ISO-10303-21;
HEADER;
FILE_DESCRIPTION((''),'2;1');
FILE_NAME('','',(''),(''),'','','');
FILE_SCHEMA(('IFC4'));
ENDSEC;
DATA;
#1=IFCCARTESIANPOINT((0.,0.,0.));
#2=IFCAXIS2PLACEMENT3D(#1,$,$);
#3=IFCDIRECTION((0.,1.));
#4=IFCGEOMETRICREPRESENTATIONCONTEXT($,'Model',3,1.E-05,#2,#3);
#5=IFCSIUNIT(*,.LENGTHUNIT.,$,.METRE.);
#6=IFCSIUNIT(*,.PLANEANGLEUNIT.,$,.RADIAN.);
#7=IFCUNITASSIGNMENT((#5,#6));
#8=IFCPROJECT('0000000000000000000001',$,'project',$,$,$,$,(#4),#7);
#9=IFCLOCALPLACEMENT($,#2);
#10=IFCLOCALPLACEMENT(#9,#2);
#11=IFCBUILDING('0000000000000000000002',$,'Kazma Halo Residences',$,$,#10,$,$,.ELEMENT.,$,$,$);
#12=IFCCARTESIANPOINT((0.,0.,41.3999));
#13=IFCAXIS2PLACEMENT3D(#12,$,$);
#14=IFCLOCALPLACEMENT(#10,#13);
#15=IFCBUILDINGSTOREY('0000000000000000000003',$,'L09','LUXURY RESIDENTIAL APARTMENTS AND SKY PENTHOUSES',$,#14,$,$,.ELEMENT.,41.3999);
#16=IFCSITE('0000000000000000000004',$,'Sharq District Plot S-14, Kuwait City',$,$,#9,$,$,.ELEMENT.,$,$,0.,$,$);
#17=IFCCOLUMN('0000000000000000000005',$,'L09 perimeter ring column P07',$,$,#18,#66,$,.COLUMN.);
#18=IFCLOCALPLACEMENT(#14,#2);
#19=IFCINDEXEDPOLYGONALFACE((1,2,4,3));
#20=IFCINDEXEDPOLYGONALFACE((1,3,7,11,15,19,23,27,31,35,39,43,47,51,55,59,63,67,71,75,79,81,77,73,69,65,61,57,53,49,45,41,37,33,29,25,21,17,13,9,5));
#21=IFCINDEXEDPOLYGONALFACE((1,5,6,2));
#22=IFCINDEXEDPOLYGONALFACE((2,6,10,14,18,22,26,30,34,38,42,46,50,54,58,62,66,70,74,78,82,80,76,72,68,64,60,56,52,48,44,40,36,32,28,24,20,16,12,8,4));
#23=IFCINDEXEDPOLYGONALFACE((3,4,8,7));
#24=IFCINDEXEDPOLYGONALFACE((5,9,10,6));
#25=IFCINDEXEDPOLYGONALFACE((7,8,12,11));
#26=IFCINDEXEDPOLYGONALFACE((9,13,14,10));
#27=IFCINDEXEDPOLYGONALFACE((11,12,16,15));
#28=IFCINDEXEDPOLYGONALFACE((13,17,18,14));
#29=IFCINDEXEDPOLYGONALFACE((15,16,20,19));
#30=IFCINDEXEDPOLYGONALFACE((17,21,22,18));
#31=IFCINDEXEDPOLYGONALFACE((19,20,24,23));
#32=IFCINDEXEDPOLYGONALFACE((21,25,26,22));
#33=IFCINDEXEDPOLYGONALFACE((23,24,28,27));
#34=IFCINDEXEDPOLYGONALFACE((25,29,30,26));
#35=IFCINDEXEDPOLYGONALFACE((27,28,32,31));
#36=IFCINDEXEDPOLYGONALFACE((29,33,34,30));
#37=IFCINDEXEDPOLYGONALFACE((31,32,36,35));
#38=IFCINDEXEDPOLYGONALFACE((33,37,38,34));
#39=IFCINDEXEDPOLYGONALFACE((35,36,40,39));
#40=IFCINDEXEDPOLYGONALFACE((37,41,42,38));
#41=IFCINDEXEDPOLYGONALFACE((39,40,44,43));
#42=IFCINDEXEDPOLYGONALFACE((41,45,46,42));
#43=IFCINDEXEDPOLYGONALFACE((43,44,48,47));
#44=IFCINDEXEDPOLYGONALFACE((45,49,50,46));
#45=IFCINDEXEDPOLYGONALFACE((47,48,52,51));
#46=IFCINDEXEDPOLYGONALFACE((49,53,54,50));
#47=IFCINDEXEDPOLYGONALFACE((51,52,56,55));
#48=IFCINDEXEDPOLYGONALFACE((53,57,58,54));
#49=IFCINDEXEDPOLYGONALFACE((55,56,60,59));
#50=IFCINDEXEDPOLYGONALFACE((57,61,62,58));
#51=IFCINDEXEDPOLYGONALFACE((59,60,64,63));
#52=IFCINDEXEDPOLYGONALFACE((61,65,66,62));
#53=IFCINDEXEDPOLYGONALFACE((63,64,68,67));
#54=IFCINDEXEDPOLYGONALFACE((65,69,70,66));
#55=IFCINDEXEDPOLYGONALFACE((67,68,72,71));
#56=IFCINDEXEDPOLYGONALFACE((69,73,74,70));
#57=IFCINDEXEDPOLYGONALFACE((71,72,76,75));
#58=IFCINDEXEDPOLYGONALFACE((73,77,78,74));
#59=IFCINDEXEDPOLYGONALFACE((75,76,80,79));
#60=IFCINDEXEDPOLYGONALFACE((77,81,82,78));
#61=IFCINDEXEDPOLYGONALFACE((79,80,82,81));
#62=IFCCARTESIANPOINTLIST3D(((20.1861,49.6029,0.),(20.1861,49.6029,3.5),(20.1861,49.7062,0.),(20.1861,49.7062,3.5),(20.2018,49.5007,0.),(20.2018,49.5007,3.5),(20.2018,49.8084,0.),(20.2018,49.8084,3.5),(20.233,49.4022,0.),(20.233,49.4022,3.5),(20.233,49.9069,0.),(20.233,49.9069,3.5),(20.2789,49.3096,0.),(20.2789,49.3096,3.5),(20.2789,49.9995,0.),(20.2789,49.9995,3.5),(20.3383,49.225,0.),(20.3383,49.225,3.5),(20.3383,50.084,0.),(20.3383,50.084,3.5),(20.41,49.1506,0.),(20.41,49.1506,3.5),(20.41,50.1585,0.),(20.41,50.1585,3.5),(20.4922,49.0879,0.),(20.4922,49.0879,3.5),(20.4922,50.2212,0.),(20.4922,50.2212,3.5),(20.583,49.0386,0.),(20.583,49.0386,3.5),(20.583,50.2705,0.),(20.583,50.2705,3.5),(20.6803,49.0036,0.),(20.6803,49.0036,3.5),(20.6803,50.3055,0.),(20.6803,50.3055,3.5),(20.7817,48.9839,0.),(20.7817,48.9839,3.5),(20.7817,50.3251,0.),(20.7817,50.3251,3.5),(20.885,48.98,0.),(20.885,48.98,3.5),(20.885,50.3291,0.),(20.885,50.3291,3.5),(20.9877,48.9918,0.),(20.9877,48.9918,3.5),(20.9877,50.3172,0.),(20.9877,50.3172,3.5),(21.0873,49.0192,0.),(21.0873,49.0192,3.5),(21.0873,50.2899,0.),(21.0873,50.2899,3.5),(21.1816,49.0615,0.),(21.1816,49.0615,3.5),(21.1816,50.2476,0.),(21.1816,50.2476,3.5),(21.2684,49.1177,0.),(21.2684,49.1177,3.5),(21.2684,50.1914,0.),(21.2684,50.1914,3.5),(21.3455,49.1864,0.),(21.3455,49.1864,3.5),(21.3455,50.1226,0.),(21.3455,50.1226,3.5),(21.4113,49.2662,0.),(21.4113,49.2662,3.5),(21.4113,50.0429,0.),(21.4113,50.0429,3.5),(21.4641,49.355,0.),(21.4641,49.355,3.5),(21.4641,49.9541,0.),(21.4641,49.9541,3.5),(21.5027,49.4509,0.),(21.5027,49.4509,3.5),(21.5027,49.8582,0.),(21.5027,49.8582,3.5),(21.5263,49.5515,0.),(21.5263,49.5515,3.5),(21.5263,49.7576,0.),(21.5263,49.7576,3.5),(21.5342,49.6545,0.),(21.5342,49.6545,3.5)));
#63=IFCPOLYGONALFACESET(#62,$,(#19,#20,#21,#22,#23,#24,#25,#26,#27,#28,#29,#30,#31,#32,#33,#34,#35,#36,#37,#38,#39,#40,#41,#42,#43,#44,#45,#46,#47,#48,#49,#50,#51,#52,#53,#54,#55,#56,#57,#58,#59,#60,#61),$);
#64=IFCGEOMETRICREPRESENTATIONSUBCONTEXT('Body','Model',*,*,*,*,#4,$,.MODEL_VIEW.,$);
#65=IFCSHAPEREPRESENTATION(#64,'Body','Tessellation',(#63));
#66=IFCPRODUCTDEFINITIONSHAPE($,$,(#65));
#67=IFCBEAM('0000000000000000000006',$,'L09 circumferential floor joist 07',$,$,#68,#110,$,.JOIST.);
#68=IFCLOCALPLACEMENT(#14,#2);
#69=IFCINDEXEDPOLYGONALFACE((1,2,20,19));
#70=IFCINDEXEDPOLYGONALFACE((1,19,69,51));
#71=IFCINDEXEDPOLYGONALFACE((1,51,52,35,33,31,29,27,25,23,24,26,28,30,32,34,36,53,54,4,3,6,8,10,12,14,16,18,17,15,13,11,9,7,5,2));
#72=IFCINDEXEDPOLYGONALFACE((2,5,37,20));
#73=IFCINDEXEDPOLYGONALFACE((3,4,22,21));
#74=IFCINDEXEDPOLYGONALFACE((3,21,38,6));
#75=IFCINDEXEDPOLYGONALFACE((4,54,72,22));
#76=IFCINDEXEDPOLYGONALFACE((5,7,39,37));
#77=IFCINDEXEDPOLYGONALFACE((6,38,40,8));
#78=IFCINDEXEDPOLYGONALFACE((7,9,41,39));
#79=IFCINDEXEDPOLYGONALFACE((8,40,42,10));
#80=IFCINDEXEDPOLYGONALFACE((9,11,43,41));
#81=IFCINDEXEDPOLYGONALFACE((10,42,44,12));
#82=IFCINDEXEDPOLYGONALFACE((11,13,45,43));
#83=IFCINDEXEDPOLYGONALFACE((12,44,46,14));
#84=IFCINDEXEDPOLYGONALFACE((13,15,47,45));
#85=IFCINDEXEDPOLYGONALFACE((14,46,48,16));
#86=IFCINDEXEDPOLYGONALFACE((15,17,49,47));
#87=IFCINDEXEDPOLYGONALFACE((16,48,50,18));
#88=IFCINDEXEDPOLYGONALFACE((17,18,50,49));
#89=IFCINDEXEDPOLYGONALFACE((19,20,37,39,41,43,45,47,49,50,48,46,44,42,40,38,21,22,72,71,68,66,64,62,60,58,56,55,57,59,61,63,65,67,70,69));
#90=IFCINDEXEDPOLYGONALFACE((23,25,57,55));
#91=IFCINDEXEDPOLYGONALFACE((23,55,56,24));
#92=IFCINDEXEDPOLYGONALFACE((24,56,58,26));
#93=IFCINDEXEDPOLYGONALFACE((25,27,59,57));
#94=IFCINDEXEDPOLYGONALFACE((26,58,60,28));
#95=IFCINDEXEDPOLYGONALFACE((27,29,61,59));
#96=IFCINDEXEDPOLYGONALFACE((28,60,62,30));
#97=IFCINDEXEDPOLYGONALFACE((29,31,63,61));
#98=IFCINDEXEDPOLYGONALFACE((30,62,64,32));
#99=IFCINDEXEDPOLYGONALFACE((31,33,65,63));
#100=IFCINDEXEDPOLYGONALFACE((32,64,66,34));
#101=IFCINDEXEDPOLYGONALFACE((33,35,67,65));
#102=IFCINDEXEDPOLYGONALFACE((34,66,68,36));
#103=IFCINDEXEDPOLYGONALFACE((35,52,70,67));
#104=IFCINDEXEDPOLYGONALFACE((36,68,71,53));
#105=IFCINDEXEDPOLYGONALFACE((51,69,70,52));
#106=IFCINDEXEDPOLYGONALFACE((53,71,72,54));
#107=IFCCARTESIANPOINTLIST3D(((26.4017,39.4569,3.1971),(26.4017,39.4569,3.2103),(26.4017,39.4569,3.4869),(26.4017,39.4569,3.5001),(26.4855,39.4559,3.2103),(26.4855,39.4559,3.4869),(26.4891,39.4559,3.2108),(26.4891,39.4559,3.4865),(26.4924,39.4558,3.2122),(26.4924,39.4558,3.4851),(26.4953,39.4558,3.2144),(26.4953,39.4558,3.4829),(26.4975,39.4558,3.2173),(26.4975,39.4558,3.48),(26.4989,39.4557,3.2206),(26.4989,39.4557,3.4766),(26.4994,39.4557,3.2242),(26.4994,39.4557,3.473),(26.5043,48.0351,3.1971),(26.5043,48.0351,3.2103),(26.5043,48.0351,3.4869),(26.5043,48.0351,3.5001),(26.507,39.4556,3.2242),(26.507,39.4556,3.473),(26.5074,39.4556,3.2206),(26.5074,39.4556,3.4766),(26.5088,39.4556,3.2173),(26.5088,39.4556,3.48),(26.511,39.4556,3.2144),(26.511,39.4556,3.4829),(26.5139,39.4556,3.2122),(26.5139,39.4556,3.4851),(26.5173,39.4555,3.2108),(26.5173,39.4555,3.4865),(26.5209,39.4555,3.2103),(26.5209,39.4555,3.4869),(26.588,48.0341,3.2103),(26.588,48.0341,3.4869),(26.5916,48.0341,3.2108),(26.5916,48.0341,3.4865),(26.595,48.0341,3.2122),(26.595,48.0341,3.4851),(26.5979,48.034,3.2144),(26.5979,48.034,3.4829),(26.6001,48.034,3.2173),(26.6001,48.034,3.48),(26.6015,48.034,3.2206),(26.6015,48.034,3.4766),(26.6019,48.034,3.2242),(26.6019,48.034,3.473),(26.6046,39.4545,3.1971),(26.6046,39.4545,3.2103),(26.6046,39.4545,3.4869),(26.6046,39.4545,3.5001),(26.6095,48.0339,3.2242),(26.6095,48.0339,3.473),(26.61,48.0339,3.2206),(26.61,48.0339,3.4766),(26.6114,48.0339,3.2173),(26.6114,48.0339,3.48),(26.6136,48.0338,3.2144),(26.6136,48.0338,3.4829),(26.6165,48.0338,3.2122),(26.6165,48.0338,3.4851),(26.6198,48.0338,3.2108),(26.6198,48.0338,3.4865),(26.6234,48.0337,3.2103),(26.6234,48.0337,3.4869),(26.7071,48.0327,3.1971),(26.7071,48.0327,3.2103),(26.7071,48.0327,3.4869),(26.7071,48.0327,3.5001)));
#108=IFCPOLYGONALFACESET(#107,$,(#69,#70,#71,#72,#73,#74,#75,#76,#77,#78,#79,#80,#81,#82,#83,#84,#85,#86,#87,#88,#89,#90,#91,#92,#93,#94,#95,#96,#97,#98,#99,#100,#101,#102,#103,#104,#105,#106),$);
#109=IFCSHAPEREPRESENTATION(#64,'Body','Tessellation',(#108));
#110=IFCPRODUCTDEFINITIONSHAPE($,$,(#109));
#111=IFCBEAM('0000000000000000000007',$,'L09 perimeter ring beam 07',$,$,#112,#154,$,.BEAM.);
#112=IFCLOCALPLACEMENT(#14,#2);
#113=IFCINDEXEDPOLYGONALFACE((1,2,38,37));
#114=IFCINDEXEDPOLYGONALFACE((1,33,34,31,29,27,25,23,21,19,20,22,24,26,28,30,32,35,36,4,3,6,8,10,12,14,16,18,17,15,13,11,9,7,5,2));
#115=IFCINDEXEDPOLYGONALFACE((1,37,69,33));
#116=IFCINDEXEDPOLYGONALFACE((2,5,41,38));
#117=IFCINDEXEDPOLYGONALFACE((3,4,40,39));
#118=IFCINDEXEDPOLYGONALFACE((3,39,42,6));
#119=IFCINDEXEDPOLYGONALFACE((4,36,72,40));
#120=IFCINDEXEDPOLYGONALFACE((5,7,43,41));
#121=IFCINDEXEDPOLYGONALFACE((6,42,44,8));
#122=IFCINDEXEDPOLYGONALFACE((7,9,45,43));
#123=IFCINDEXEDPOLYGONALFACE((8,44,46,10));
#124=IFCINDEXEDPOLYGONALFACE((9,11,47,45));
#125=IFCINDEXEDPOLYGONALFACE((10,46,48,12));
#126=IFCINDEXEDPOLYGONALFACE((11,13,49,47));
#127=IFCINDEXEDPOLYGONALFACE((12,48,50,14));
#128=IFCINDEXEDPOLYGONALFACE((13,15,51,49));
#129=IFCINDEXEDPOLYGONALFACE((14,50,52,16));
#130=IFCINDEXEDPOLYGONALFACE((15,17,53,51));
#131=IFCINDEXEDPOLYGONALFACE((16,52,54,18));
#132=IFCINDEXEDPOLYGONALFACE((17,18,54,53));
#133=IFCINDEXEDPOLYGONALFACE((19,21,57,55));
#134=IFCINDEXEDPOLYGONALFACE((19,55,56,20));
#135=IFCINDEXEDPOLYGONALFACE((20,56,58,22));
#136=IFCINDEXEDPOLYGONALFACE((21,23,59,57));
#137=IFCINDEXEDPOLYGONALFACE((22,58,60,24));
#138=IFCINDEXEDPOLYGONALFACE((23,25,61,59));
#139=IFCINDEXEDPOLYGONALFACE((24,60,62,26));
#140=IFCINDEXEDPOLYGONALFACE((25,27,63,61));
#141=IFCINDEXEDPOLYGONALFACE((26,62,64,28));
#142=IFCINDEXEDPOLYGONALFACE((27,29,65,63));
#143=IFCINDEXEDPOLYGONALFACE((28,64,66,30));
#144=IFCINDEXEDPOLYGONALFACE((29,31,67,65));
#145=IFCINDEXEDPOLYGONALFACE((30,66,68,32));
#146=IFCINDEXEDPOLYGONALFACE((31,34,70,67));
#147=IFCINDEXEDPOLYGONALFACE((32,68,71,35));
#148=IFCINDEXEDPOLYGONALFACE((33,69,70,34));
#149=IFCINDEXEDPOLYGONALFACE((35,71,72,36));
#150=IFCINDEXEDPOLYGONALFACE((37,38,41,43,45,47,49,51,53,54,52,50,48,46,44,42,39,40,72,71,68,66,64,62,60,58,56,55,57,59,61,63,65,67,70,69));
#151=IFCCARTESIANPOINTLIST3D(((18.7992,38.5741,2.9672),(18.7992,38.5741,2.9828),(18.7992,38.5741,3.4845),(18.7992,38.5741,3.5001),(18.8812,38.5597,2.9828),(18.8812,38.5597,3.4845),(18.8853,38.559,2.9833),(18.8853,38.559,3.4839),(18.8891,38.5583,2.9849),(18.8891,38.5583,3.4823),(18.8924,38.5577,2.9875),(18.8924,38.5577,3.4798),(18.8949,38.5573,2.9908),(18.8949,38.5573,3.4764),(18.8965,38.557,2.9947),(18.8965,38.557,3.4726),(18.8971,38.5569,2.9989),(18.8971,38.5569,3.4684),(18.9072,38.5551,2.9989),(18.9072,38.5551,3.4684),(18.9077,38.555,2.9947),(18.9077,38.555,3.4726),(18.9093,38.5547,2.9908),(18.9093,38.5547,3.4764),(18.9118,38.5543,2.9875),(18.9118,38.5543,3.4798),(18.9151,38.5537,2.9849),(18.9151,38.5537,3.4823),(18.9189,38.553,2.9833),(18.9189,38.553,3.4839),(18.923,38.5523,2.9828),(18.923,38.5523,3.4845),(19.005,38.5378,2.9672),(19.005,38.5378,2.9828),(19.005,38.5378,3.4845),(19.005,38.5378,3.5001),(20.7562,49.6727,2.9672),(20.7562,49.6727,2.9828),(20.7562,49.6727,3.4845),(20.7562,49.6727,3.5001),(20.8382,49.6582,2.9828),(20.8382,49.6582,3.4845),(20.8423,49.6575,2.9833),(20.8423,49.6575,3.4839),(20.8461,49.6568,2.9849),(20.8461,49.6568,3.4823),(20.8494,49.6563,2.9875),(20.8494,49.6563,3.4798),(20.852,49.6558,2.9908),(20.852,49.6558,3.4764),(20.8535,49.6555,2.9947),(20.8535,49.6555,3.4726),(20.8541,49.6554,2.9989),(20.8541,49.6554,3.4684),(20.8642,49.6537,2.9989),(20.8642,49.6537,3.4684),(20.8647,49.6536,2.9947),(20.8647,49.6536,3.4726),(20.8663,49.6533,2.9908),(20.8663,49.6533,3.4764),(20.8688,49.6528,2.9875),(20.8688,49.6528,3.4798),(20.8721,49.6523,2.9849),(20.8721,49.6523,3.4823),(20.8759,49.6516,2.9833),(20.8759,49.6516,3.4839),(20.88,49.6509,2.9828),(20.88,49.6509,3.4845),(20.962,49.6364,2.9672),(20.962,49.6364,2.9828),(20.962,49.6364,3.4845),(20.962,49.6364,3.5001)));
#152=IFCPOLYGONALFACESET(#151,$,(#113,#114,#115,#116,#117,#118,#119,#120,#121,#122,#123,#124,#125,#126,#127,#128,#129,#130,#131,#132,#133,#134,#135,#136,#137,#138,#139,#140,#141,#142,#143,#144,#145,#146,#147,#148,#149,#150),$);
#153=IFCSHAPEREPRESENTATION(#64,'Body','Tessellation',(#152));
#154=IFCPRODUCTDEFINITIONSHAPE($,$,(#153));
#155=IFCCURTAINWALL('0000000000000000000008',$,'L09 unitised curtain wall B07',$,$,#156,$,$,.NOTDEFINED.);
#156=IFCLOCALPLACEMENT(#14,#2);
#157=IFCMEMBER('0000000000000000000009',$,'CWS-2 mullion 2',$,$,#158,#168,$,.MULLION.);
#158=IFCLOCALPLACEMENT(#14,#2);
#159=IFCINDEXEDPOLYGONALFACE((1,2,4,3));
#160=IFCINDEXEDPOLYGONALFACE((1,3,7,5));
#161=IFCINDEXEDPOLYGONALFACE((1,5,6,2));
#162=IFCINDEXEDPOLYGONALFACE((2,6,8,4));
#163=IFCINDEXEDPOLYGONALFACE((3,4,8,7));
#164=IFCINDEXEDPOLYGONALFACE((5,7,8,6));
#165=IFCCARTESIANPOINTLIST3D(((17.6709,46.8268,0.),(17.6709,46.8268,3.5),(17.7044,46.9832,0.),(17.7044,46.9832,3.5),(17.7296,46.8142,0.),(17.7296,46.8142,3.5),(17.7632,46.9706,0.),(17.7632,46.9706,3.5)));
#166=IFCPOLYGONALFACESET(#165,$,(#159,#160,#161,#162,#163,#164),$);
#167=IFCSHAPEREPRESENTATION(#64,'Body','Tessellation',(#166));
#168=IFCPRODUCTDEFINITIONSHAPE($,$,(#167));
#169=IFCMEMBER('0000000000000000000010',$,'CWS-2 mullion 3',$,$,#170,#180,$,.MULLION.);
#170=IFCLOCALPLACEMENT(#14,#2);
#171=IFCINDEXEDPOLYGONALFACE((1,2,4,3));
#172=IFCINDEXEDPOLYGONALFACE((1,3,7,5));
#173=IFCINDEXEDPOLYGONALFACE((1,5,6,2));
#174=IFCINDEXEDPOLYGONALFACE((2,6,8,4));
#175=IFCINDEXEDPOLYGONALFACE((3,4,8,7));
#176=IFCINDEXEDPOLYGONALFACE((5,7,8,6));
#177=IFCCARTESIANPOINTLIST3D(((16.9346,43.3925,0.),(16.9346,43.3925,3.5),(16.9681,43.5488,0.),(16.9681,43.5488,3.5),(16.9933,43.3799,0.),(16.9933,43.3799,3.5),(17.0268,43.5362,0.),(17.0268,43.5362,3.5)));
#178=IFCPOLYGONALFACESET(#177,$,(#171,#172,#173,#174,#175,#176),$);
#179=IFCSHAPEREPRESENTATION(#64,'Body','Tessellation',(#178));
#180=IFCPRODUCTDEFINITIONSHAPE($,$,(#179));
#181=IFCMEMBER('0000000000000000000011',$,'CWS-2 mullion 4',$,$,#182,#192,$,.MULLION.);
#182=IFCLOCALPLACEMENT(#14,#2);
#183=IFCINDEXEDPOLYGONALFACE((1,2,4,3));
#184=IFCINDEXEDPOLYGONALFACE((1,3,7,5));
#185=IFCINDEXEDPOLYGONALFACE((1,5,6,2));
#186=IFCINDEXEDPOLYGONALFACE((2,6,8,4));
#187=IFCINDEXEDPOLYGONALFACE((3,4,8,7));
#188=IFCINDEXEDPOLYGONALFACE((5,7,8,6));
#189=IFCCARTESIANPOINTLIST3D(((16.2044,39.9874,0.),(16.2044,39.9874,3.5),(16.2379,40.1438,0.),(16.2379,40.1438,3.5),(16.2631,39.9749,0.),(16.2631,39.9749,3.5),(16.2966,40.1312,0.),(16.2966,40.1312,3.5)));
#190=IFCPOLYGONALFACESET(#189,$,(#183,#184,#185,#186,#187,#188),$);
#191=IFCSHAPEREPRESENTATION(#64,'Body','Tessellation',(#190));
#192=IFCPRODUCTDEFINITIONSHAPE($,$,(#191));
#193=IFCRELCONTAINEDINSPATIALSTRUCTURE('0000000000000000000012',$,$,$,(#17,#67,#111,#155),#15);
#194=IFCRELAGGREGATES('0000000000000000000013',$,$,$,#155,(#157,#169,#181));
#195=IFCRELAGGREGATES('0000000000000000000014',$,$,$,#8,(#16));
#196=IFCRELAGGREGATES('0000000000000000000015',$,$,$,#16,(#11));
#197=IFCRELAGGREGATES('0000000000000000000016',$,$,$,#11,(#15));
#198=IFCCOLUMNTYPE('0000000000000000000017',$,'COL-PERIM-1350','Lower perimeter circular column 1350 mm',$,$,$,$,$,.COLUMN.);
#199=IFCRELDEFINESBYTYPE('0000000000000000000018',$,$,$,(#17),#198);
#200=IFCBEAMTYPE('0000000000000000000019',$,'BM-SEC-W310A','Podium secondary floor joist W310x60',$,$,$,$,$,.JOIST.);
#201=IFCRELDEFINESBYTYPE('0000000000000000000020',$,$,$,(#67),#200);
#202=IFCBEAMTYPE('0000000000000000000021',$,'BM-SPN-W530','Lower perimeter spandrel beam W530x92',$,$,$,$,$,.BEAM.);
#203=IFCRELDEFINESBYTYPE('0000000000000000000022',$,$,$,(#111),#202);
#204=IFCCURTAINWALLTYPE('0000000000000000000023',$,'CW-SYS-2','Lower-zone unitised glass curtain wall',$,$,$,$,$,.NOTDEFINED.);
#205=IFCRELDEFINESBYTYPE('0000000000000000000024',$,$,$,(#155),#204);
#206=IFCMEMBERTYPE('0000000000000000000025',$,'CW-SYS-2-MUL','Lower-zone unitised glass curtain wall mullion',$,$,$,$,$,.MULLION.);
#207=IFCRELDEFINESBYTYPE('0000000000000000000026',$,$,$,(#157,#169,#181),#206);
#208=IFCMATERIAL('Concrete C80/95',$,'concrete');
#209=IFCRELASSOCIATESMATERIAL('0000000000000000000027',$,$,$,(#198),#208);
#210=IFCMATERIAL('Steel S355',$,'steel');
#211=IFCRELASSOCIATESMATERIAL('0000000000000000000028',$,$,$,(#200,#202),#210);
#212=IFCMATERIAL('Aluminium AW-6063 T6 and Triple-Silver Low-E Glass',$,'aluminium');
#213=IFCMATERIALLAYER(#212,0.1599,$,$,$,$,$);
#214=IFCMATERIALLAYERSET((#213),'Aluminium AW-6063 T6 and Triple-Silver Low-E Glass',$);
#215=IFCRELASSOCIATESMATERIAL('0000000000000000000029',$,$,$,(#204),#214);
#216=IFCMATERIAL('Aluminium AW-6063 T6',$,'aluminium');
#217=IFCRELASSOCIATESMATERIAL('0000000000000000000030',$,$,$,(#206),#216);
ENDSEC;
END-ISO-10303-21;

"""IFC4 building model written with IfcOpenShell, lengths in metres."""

from ifc_helpers import new_model, si_unit, direction, frame, origin, origin_2d, place, context, subcontext, project, spatial, rectangle, circle, i_section, extrude, material, layer, layer_set, material_profile, profile_set, type_object, element, aggregate, save


model = new_model("IFC4")

# Units and contexts
model_context = context("Model", 3, precision=1e-05, world=origin(), true_north=direction((0.0, 1.0)))
body_context = subcontext(model_context, "Body", "Model", "MODEL_VIEW")
ifc_project = project(units=[si_unit("LENGTHUNIT", "METRE"), si_unit("PLANEANGLEUNIT", "RADIAN")], contexts=[model_context])

# Site, building, storey
site_placement = place(None, origin())
site = spatial("IfcSite", under=ifc_project, at=site_placement, Name="Sharq District Plot S-14, Kuwait City", CompositionType="ELEMENT", RefElevation=0.0)
building_placement = place(site_placement, origin())
building = spatial("IfcBuilding", under=site, at=building_placement, Name="Kazma Halo Residences", CompositionType="ELEMENT")
storey_placement = place(building_placement, frame((0.0, 0.0, 41.3999)))
storey = spatial("IfcBuildingStorey", under=building, at=storey_placement, Name="L09", Description="LUXURY RESIDENTIAL APARTMENTS AND SKY PENTHOUSES", CompositionType="ELEMENT", Elevation=41.3999)

# Column
ifc_material_1 = material(Name="Concrete C80/95", Category="concrete")
ifc_material_profile_1 = material_profile(ifc_material_1, circle(Radius=0.675, at=origin_2d()), Name="CIRC1350")
ifc_profile_set_1 = profile_set([ifc_material_profile_1], Name="Concrete C80/95")
column_type = type_object("IfcColumnType", Name="COL-PERIM-1350", Description="Lower perimeter circular column 1350 mm", PredefinedType="COLUMN", material=ifc_profile_set_1)
column_placement = place(storey_placement, frame((20.8591, 49.6545, 0.0), z_axis=(0.0, 0.0, 1.0), x_axis=(1.0, 0.0, 0.0)))
element("IfcColumn", 1, at=column_placement, inside=storey, type_object=column_type, Name="L09 perimeter ring column P07", PredefinedType="COLUMN", context=body_context, shape_type="SweptSolid", body=[
    extrude(circle(Radius=0.675, at=origin_2d()), origin(), (0.0, 0.0, 1.0), 3.5),
])

# Beams
ifc_material_2 = material(Name="Steel S355", Category="steel")
ifc_material_profile_2 = material_profile(ifc_material_2, i_section(OverallWidth=0.2029, OverallDepth=0.303, WebThickness=0.0076, FlangeThickness=0.0132, FilletRadius=0.0139, at=origin_2d()), Name="W310x60")
ifc_profile_set_2 = profile_set([ifc_material_profile_2], Name="Steel S355")
beam_type_1 = type_object("IfcBeamType", Name="BM-SEC-W310A", Description="Podium secondary floor joist W310x60", PredefinedType="JOIST", material=ifc_profile_set_2)
beam_1_placement = place(storey_placement, frame((26.6057, 48.0339, 3.3486), z_axis=(-0.011953, -0.999929, 0.0), x_axis=(0.999929, -0.011953, 0.0)))
element("IfcBeam", 2, at=beam_1_placement, inside=storey, type_object=beam_type_1, Name="L09 circumferential floor joist 07", PredefinedType="JOIST", context=body_context, shape_type="SweptSolid", body=[
    extrude(i_section(OverallWidth=0.2029, OverallDepth=0.303, WebThickness=0.0076, FlangeThickness=0.0132, FilletRadius=0.0139, at=origin_2d()), origin(), (0.0, 0.0, 1.0), 8.5789),
])
ifc_material_profile_3 = material_profile(ifc_material_2, i_section(OverallWidth=0.209, OverallDepth=0.533, WebThickness=0.0103, FlangeThickness=0.0156, FilletRadius=0.0161, at=origin_2d()), Name="W530x92")
ifc_profile_set_3 = profile_set([ifc_material_profile_3], Name="Steel S355")
beam_type_2 = type_object("IfcBeamType", Name="BM-SPN-W530", Description="Lower perimeter spandrel beam W530x92", PredefinedType="BEAM", material=ifc_profile_set_3)
beam_2_placement = place(storey_placement, frame((20.8591, 49.6545, 3.2336), z_axis=(-0.173652, -0.984807, 0.0), x_axis=(0.984807, -0.173652, 0.0)))
element("IfcBeam", 3, at=beam_2_placement, inside=storey, type_object=beam_type_2, Name="L09 perimeter ring beam 07", PredefinedType="BEAM", context=body_context, shape_type="SweptSolid", body=[
    extrude(i_section(OverallWidth=0.209, OverallDepth=0.533, WebThickness=0.0103, FlangeThickness=0.0156, FilletRadius=0.0161, at=origin_2d()), origin(), (0.0, 0.0, 1.0), 11.2698),
])

# Curtain wall, members
ifc_material_3 = material(Name="Aluminium AW-6063 T6 and Triple-Silver Low-E Glass", Category="aluminium")
ifc_layer_1 = layer(ifc_material_3, 0.1599)
ifc_layer_set_1 = layer_set([ifc_layer_1], Name="Aluminium AW-6063 T6 and Triple-Silver Low-E Glass")
curtain_wall_type = type_object("IfcCurtainWallType", Name="CW-SYS-2", Description="Lower-zone unitised glass curtain wall", PredefinedType="NOTDEFINED", material=ifc_layer_set_1)
curtain_wall_placement = place(storey_placement, origin())
curtain_wall = element("IfcCurtainWall", 4, at=curtain_wall_placement, inside=storey, type_object=curtain_wall_type, Name="L09 unitised curtain wall B07", PredefinedType="NOTDEFINED")
ifc_material_4 = material(Name="Aluminium AW-6063 T6", Category="aluminium")
ifc_material_profile_4 = material_profile(ifc_material_4, rectangle(XDim=0.0601, YDim=0.1599, at=origin_2d()), Name="CWM-60x160")
ifc_profile_set_4 = profile_set([ifc_material_profile_4], Name="Aluminium AW-6063 T6")
member_type_1 = type_object("IfcMemberType", Name="CW-SYS-2-MUL", Description="Lower-zone unitised glass curtain wall mullion", PredefinedType="MULLION", material=ifc_profile_set_4)
member_1_placement = place(storey_placement, frame((17.717, 46.8987, 0.0), z_axis=(0.0, 0.0, 1.0), x_axis=(0.977779, -0.209637, 0.0)))
member_1 = element("IfcMember", 5, at=member_1_placement, type_object=member_type_1, Name="CWS-2 mullion 2", PredefinedType="MULLION", context=body_context, shape_type="SweptSolid", body=[
    extrude(rectangle(XDim=0.0601, YDim=0.1599, at=origin_2d()), origin(), (0.0, 0.0, 1.0), 3.5),
])
member_2_placement = place(storey_placement, frame((16.9807, 43.4644, 0.0), z_axis=(0.0, 0.0, 1.0), x_axis=(0.977779, -0.209637, 0.0)))
member_2 = element("IfcMember", 6, at=member_2_placement, type_object=member_type_1, Name="CWS-2 mullion 3", PredefinedType="MULLION", context=body_context, shape_type="SweptSolid", body=[
    extrude(rectangle(XDim=0.0601, YDim=0.1599, at=origin_2d()), origin(), (0.0, 0.0, 1.0), 3.5),
])
member_3_placement = place(storey_placement, frame((16.2505, 40.0593, 0.0), z_axis=(0.0, 0.0, 1.0), x_axis=(0.977779, -0.209637, 0.0)))
member_3 = element("IfcMember", 7, at=member_3_placement, type_object=member_type_1, Name="CWS-2 mullion 4", PredefinedType="MULLION", context=body_context, shape_type="SweptSolid", body=[
    extrude(rectangle(XDim=0.0601, YDim=0.1599, at=origin_2d()), origin(), (0.0, 0.0, 1.0), 3.5),
])
aggregate(curtain_wall, [member_1, member_2, member_3])

save(model, "model.ifc")
